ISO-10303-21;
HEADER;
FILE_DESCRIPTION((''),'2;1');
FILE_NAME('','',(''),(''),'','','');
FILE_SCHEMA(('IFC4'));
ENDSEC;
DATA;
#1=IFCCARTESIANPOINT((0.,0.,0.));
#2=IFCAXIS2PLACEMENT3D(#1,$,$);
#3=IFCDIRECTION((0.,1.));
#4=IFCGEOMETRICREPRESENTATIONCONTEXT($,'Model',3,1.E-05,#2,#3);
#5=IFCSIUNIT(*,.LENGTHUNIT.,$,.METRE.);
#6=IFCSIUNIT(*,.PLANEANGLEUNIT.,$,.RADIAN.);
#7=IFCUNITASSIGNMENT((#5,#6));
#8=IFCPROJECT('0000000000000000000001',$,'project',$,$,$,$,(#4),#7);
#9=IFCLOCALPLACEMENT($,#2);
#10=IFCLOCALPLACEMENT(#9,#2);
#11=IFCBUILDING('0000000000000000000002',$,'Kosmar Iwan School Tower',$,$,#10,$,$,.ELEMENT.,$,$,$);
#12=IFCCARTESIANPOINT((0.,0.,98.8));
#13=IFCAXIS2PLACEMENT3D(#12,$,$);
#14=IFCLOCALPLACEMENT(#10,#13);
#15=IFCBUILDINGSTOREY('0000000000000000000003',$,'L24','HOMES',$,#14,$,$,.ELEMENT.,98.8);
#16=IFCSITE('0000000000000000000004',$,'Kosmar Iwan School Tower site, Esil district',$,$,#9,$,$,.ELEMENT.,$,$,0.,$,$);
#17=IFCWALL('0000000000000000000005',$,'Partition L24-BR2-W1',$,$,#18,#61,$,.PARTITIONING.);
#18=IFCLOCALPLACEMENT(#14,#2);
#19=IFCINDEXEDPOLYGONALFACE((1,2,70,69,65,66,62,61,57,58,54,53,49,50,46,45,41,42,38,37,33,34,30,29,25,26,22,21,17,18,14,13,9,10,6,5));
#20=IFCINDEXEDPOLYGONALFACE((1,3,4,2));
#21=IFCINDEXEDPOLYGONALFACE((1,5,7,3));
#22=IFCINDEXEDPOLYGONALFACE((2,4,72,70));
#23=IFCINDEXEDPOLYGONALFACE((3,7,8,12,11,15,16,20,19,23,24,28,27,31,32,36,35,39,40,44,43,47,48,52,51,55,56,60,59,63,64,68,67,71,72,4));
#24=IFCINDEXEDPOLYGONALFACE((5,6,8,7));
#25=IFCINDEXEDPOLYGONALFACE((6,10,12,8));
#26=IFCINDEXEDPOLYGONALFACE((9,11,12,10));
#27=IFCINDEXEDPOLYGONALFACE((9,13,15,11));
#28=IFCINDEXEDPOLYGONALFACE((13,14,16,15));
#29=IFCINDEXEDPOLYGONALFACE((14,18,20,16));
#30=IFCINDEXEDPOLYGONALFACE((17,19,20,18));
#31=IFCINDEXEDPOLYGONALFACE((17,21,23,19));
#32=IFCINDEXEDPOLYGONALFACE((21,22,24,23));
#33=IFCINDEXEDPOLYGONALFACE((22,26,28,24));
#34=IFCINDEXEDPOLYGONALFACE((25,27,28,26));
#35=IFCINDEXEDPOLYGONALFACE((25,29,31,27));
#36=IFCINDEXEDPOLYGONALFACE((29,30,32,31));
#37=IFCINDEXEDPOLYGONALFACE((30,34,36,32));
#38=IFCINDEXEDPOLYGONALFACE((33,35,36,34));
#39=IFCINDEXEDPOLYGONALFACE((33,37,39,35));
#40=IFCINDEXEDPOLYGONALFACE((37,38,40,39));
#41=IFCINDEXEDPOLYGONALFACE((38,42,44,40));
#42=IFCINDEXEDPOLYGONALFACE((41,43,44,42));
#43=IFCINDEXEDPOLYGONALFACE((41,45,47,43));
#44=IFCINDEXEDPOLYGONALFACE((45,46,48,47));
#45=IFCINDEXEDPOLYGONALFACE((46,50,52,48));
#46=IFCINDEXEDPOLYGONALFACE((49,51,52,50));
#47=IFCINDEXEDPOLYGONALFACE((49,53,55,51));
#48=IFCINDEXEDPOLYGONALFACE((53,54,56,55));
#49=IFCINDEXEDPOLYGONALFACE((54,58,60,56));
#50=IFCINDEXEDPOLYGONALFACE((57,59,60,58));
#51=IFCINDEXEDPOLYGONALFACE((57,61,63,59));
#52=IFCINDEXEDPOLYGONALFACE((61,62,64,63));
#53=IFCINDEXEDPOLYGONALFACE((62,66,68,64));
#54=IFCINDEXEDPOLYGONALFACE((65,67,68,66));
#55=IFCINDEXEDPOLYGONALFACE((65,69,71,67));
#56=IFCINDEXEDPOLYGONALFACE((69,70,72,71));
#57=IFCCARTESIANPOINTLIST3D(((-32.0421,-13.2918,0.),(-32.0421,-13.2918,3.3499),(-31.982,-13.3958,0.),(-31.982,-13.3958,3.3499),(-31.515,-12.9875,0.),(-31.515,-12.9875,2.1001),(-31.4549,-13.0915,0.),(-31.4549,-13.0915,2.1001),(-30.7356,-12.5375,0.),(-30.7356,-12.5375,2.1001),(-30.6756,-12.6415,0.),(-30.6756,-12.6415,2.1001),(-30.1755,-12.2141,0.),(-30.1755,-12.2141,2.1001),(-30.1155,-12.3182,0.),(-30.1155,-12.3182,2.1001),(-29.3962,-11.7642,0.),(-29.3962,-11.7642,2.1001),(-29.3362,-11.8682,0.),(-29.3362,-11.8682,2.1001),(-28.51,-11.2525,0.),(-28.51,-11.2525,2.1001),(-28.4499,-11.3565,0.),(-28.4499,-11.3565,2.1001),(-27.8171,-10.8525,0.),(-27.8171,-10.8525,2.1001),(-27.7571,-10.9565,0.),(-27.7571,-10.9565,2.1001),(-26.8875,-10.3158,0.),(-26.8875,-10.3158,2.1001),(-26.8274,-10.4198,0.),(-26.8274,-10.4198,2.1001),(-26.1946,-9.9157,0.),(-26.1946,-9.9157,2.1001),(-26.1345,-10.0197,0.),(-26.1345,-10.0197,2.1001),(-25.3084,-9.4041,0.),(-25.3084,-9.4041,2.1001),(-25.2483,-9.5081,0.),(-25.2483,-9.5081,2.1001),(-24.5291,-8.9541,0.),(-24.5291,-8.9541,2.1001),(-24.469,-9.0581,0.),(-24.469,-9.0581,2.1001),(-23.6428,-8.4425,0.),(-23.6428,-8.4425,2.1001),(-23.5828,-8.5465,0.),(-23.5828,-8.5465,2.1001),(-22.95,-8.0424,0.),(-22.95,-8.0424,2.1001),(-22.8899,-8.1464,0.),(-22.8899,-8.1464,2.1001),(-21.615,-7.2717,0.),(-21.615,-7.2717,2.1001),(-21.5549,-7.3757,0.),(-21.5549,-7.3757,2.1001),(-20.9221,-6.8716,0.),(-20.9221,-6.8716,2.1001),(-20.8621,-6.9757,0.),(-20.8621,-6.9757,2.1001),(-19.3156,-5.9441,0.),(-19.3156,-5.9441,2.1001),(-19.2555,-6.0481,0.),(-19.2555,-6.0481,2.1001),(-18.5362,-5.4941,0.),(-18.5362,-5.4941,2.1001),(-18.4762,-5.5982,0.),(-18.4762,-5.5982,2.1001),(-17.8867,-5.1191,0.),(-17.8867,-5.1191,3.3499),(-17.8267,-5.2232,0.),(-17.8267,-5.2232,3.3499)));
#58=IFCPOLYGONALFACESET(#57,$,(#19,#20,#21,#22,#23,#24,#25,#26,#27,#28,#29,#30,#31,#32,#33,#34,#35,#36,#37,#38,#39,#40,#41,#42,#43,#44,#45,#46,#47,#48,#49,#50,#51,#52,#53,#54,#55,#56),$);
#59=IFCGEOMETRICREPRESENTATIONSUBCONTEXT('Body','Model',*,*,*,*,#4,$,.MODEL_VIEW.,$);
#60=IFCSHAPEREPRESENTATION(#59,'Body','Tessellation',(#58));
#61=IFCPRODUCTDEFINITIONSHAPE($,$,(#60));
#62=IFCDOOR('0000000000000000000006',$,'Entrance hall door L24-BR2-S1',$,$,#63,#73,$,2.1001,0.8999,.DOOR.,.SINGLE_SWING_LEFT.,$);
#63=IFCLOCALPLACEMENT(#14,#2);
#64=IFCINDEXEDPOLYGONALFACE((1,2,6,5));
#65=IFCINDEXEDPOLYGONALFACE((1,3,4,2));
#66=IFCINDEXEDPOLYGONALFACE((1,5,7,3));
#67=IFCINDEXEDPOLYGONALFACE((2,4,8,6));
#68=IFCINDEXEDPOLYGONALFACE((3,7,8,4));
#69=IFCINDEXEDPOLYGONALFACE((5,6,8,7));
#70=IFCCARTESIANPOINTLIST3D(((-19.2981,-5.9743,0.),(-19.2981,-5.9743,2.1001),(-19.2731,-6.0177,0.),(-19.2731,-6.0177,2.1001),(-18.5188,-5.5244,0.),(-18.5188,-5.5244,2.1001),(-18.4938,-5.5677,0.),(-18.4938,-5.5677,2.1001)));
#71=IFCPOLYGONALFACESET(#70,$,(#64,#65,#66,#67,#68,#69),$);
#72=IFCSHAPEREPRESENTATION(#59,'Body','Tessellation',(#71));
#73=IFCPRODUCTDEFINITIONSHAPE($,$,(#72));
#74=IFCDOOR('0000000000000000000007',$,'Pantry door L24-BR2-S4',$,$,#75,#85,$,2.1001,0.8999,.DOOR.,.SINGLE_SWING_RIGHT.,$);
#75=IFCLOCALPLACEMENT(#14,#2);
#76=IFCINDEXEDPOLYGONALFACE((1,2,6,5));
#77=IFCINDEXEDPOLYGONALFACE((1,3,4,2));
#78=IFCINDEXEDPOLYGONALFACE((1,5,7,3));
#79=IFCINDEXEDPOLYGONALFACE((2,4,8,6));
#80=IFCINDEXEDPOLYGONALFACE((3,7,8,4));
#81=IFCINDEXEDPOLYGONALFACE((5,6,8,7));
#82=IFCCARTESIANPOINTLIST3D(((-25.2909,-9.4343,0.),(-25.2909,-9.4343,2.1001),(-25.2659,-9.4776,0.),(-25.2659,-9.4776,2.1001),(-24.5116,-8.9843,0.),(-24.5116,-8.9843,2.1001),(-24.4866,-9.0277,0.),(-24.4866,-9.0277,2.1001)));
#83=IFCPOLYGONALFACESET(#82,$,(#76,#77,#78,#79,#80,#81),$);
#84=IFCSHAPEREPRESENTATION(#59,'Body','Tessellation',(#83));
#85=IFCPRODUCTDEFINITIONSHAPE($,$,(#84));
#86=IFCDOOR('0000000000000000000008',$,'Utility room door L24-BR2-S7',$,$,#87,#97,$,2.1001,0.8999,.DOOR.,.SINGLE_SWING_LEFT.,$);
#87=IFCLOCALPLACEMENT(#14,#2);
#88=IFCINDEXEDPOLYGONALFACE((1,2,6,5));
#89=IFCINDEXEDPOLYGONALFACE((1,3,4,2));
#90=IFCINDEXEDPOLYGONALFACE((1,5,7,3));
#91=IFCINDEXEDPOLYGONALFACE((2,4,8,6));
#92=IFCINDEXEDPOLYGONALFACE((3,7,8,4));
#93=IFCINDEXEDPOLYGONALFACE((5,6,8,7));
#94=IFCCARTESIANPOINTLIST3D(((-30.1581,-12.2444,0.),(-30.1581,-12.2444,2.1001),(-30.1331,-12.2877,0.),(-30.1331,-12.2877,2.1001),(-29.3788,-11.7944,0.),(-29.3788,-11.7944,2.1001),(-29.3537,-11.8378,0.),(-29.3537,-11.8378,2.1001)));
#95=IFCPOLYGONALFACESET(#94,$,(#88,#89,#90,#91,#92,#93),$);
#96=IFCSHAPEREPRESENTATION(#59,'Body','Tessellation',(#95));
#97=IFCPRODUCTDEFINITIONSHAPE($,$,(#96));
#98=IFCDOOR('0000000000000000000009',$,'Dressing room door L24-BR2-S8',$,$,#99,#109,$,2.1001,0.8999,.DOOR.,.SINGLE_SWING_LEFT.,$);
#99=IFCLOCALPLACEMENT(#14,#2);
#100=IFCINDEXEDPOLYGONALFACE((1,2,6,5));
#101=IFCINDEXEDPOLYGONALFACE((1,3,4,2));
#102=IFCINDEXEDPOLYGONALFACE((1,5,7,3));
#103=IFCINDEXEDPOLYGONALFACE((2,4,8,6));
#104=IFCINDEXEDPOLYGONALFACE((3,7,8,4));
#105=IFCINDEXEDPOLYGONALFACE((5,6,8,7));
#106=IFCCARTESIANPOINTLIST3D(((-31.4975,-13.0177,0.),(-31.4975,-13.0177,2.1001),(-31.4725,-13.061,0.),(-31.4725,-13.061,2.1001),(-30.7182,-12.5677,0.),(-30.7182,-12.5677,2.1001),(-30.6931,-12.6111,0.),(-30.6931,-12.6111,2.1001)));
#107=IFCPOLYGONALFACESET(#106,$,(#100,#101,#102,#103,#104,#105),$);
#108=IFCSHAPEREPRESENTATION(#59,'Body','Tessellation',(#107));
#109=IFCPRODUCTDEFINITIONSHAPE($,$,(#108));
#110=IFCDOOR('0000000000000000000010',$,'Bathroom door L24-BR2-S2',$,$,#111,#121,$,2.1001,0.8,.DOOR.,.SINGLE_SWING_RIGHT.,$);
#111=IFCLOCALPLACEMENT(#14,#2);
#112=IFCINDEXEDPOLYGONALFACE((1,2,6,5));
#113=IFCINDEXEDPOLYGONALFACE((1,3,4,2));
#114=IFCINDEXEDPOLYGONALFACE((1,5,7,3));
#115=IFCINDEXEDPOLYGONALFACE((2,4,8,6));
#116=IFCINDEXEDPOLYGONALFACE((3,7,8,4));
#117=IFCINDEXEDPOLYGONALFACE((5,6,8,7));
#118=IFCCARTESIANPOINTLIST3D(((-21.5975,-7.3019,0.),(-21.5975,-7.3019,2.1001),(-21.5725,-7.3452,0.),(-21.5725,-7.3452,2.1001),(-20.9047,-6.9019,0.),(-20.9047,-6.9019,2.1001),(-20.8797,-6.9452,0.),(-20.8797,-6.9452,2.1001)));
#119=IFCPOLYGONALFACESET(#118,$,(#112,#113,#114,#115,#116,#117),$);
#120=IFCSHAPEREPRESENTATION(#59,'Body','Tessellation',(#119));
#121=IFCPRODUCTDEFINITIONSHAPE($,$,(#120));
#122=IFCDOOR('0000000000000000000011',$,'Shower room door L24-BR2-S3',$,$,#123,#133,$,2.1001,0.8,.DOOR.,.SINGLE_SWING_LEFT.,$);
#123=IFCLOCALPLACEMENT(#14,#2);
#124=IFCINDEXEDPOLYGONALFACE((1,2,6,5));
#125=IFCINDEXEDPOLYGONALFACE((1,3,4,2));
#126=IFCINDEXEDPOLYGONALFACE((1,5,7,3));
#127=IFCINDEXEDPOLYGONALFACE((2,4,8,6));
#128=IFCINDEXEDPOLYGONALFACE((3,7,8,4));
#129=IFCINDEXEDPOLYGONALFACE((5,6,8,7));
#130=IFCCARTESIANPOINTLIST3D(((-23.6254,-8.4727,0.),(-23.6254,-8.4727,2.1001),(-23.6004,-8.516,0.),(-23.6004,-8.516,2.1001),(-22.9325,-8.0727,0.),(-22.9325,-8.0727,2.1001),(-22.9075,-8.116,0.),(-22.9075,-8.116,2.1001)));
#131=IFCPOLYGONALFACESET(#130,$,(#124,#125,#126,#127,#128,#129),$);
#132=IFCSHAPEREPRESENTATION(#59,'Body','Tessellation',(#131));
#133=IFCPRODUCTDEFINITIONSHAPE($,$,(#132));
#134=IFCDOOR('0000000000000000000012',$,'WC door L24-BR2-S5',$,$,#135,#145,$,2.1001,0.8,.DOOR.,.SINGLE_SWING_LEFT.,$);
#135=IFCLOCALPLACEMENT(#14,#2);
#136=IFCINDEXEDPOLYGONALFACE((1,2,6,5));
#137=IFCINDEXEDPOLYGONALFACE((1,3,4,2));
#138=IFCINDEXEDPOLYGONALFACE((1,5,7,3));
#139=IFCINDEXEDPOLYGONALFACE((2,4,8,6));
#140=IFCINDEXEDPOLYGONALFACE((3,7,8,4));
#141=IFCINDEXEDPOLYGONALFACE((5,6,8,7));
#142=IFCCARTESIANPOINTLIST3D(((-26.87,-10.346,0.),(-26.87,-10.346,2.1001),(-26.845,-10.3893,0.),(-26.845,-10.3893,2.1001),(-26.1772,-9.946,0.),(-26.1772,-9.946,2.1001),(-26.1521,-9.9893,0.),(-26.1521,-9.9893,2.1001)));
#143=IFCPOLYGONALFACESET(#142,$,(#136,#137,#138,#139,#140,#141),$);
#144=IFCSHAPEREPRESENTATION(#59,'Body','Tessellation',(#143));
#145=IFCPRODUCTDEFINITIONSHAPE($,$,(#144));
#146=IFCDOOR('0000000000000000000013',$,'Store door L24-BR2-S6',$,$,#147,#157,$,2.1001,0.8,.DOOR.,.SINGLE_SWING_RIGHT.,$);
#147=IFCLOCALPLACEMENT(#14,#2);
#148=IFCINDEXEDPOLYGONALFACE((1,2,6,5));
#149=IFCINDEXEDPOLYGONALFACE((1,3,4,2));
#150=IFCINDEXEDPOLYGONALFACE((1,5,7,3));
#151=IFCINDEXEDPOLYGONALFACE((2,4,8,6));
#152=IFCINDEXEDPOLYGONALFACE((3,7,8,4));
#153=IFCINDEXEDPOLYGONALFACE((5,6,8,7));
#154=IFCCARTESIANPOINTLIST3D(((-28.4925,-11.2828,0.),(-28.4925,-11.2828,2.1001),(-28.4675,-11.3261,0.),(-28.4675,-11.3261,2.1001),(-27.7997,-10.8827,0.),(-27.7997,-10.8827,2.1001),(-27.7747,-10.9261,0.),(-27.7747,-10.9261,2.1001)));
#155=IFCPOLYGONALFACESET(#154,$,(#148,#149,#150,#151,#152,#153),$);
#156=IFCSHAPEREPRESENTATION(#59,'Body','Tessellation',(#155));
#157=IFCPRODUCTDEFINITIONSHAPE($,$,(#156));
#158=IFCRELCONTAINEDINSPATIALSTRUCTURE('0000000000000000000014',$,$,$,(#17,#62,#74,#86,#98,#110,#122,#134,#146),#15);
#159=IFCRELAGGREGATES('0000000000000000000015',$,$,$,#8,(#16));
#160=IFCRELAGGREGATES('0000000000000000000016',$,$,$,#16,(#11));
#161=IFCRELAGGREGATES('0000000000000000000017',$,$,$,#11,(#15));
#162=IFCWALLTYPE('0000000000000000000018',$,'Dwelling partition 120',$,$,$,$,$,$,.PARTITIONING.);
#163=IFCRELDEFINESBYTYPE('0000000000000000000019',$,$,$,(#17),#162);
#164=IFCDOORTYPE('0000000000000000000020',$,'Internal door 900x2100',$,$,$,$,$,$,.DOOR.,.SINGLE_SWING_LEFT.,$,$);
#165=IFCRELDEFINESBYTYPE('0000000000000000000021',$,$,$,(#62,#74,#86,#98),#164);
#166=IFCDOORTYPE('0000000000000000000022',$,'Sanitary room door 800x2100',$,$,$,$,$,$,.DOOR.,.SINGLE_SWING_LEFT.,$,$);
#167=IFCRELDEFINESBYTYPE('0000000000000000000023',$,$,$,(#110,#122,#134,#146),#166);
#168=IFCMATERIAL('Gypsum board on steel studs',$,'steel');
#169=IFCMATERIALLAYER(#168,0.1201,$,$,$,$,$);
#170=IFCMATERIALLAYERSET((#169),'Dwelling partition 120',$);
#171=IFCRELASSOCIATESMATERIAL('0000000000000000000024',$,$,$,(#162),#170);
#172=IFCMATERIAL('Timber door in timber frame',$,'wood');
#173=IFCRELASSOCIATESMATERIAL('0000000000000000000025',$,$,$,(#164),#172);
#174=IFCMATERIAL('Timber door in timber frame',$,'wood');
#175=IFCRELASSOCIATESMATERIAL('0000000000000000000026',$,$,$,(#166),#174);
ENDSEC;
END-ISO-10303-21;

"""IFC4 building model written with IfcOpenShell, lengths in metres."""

from ifc_helpers import new_model, si_unit, direction, frame, frame_2d, origin, place, context, subcontext, project, spatial, rectangle, extrude, material, layer, layer_set, type_object, element, fill, save


model = new_model("IFC4")

# Units and contexts
model_context = context("Model", 3, precision=1e-05, world=origin(), true_north=direction((0.0, 1.0)))
body_context = subcontext(model_context, "Body", "Model", "MODEL_VIEW")
ifc_project = project(units=[si_unit("LENGTHUNIT", "METRE"), si_unit("PLANEANGLEUNIT", "RADIAN")], contexts=[model_context])

# Site, building, storey
site_placement = place(None, origin())
site = spatial("IfcSite", under=ifc_project, at=site_placement, Name="Kosmar Iwan School Tower site, Esil district", CompositionType="ELEMENT", RefElevation=0.0)
building_placement = place(site_placement, origin())
building = spatial("IfcBuilding", under=site, at=building_placement, Name="Kosmar Iwan School Tower", CompositionType="ELEMENT")
storey_placement = place(building_placement, frame((0.0, 0.0, 98.8)))
storey = spatial("IfcBuildingStorey", under=building, at=storey_placement, Name="L24", Description="HOMES", CompositionType="ELEMENT", Elevation=98.8)

# Wall, openings, doors
ifc_material_1 = material(Name="Gypsum board on steel studs", Category="steel")
ifc_layer = layer(ifc_material_1, 0.1201)
ifc_layer_set = layer_set([ifc_layer], Name="Dwelling partition 120")
wall_type = type_object("IfcWallType", Name="Dwelling partition 120", PredefinedType="PARTITIONING", material=ifc_layer_set)
wall_1_placement = place(storey_placement, frame((-17.8567, -5.1711, 0.0), z_axis=(0.0, 0.0, 1.0), x_axis=(-0.866024, -0.500003, 0.0)))
wall_1 = element("IfcWall", 1, at=wall_1_placement, inside=storey, type_object=wall_type, Name="Partition L24-BR2-W1", PredefinedType="PARTITIONING", context=body_context, shape_type="SweptSolid", body=[
    extrude(rectangle(XDim=16.3452, YDim=0.1201, at=frame_2d((8.1726, 0.0))), origin(), (0.0, 0.0, 1.0), 3.3499),
])
opening_1_placement = place(wall_1_placement, frame((0.75, 0.0, 0.0)))
opening_1 = element("IfcOpeningElement", 2, at=opening_1_placement, cuts=wall_1, PredefinedType="OPENING", context=body_context, shape_type="SweptSolid", body=[
    extrude(rectangle(XDim=0.8999, YDim=2.1001, at=frame_2d((0.45, 1.05))), frame((0.0, 0.072, 0.0), z_axis=(0.0, -1.0, 0.0), x_axis=(1.0, 0.0, 0.0)), (0.0, 0.0, 1.0), 0.144),
])
opening_2_placement = place(wall_1_placement, frame((3.5051, 0.0, 0.0)))
opening_2 = element("IfcOpeningElement", 3, at=opening_2_placement, cuts=wall_1, PredefinedType="OPENING", context=body_context, shape_type="SweptSolid", body=[
    extrude(rectangle(XDim=0.8, YDim=2.1001, at=frame_2d((0.3999, 1.05))), frame((0.0, 0.072, 0.0), z_axis=(0.0, -1.0, 0.0), x_axis=(1.0, 0.0, 0.0)), (0.0, 0.0, 1.0), 0.144),
])
opening_3_placement = place(wall_1_placement, frame((5.8467, 0.0, 0.0)))
opening_3 = element("IfcOpeningElement", 4, at=opening_3_placement, cuts=wall_1, PredefinedType="OPENING", context=body_context, shape_type="SweptSolid", body=[
    extrude(rectangle(XDim=0.8, YDim=2.1001, at=frame_2d((0.3999, 1.05))), frame((0.0, 0.072, 0.0), z_axis=(0.0, -1.0, 0.0), x_axis=(1.0, 0.0, 0.0)), (0.0, 0.0, 1.0), 0.144),
])
opening_4_placement = place(wall_1_placement, frame((7.6699, 0.0, 0.0)))
opening_4 = element("IfcOpeningElement", 5, at=opening_4_placement, cuts=wall_1, PredefinedType="OPENING", context=body_context, shape_type="SweptSolid", body=[
    extrude(rectangle(XDim=0.8999, YDim=2.1001, at=frame_2d((0.45, 1.05))), frame((0.0, 0.072, 0.0), z_axis=(0.0, -1.0, 0.0), x_axis=(1.0, 0.0, 0.0)), (0.0, 0.0, 1.0), 0.144),
])
opening_5_placement = place(wall_1_placement, frame((9.5933, 0.0, 0.0)))
opening_5 = element("IfcOpeningElement", 6, at=opening_5_placement, cuts=wall_1, PredefinedType="OPENING", context=body_context, shape_type="SweptSolid", body=[
    extrude(rectangle(XDim=0.8, YDim=2.1001, at=frame_2d((0.3999, 1.05))), frame((0.0, 0.072, 0.0), z_axis=(0.0, -1.0, 0.0), x_axis=(1.0, 0.0, 0.0)), (0.0, 0.0, 1.0), 0.144),
])
opening_6_placement = place(wall_1_placement, frame((11.4668, 0.0, 0.0)))
opening_6 = element("IfcOpeningElement", 7, at=opening_6_placement, cuts=wall_1, PredefinedType="OPENING", context=body_context, shape_type="SweptSolid", body=[
    extrude(rectangle(XDim=0.8, YDim=2.1001, at=frame_2d((0.3999, 1.05))), frame((0.0, 0.072, 0.0), z_axis=(0.0, -1.0, 0.0), x_axis=(1.0, 0.0, 0.0)), (0.0, 0.0, 1.0), 0.144),
])
opening_7_placement = place(wall_1_placement, frame((13.29, 0.0, 0.0)))
opening_7 = element("IfcOpeningElement", 8, at=opening_7_placement, cuts=wall_1, PredefinedType="OPENING", context=body_context, shape_type="SweptSolid", body=[
    extrude(rectangle(XDim=0.8999, YDim=2.1001, at=frame_2d((0.45, 1.05))), frame((0.0, 0.072, 0.0), z_axis=(0.0, -1.0, 0.0), x_axis=(1.0, 0.0, 0.0)), (0.0, 0.0, 1.0), 0.144),
])
opening_8_placement = place(wall_1_placement, frame((14.8367, 0.0, 0.0)))
opening_8 = element("IfcOpeningElement", 9, at=opening_8_placement, cuts=wall_1, PredefinedType="OPENING", context=body_context, shape_type="SweptSolid", body=[
    extrude(rectangle(XDim=0.8999, YDim=2.1001, at=frame_2d((0.45, 1.05))), frame((0.0, 0.072, 0.0), z_axis=(0.0, -1.0, 0.0), x_axis=(1.0, 0.0, 0.0)), (0.0, 0.0, 1.0), 0.144),
])
ifc_material_2 = material(Name="Timber door in timber frame", Category="wood")
door_type_1 = type_object("IfcDoorType", Name="Internal door 900x2100", OperationType="SINGLE_SWING_LEFT", PredefinedType="DOOR", material=ifc_material_2)
door_1_placement = place(opening_1_placement, origin())
door_1 = element("IfcDoor", 10, at=door_1_placement, inside=storey, type_object=door_type_1, Name="Entrance hall door L24-BR2-S1", OperationType="SINGLE_SWING_LEFT", OverallHeight=2.1001, OverallWidth=0.8999, PredefinedType="DOOR", context=body_context, shape_type="SweptSolid", body=[
    extrude(rectangle(XDim=0.8999, YDim=2.1001, at=frame_2d((0.45, 1.05))), frame((0.0, 0.0249, 0.0), z_axis=(0.0, -1.0, 0.0), x_axis=(1.0, 0.0, 0.0)), (0.0, 0.0, 1.0), 0.05),
])
fill(opening_1, door_1)
door_2_placement = place(opening_4_placement, origin())
door_2 = element("IfcDoor", 11, at=door_2_placement, inside=storey, type_object=door_type_1, Name="Pantry door L24-BR2-S4", OperationType="SINGLE_SWING_RIGHT", OverallHeight=2.1001, OverallWidth=0.8999, PredefinedType="DOOR", context=body_context, shape_type="SweptSolid", body=[
    extrude(rectangle(XDim=0.8999, YDim=2.1001, at=frame_2d((0.45, 1.05))), frame((0.0, 0.0249, 0.0), z_axis=(0.0, -1.0, 0.0), x_axis=(1.0, 0.0, 0.0)), (0.0, 0.0, 1.0), 0.05),
])
fill(opening_4, door_2)
door_3_placement = place(opening_7_placement, origin())
door_3 = element("IfcDoor", 12, at=door_3_placement, inside=storey, type_object=door_type_1, Name="Utility room door L24-BR2-S7", OperationType="SINGLE_SWING_LEFT", OverallHeight=2.1001, OverallWidth=0.8999, PredefinedType="DOOR", context=body_context, shape_type="SweptSolid", body=[
    extrude(rectangle(XDim=0.8999, YDim=2.1001, at=frame_2d((0.45, 1.05))), frame((0.0, 0.0249, 0.0), z_axis=(0.0, -1.0, 0.0), x_axis=(1.0, 0.0, 0.0)), (0.0, 0.0, 1.0), 0.05),
])
fill(opening_7, door_3)
door_4_placement = place(opening_8_placement, origin())
door_4 = element("IfcDoor", 13, at=door_4_placement, inside=storey, type_object=door_type_1, Name="Dressing room door L24-BR2-S8", OperationType="SINGLE_SWING_LEFT", OverallHeight=2.1001, OverallWidth=0.8999, PredefinedType="DOOR", context=body_context, shape_type="SweptSolid", body=[
    extrude(rectangle(XDim=0.8999, YDim=2.1001, at=frame_2d((0.45, 1.05))), frame((0.0, 0.0249, 0.0), z_axis=(0.0, -1.0, 0.0), x_axis=(1.0, 0.0, 0.0)), (0.0, 0.0, 1.0), 0.05),
])
fill(opening_8, door_4)
ifc_material_3 = material(Name="Timber door in timber frame", Category="wood")
door_type_2 = type_object("IfcDoorType", Name="Sanitary room door 800x2100", OperationType="SINGLE_SWING_LEFT", PredefinedType="DOOR", material=ifc_material_3)
door_5_placement = place(opening_2_placement, origin())
door_5 = element("IfcDoor", 14, at=door_5_placement, inside=storey, type_object=door_type_2, Name="Bathroom door L24-BR2-S2", OperationType="SINGLE_SWING_RIGHT", OverallHeight=2.1001, OverallWidth=0.8, PredefinedType="DOOR", context=body_context, shape_type="SweptSolid", body=[
    extrude(rectangle(XDim=0.8, YDim=2.1001, at=frame_2d((0.3999, 1.05))), frame((0.0, 0.0249, 0.0), z_axis=(0.0, -1.0, 0.0), x_axis=(1.0, 0.0, 0.0)), (0.0, 0.0, 1.0), 0.05),
])
fill(opening_2, door_5)
door_6_placement = place(opening_3_placement, origin())
door_6 = element("IfcDoor", 15, at=door_6_placement, inside=storey, type_object=door_type_2, Name="Shower room door L24-BR2-S3", OperationType="SINGLE_SWING_LEFT", OverallHeight=2.1001, OverallWidth=0.8, PredefinedType="DOOR", context=body_context, shape_type="SweptSolid", body=[
    extrude(rectangle(XDim=0.8, YDim=2.1001, at=frame_2d((0.3999, 1.05))), frame((0.0, 0.0249, 0.0), z_axis=(0.0, -1.0, 0.0), x_axis=(1.0, 0.0, 0.0)), (0.0, 0.0, 1.0), 0.05),
])
fill(opening_3, door_6)
door_7_placement = place(opening_5_placement, origin())
door_7 = element("IfcDoor", 16, at=door_7_placement, inside=storey, type_object=door_type_2, Name="WC door L24-BR2-S5", OperationType="SINGLE_SWING_LEFT", OverallHeight=2.1001, OverallWidth=0.8, PredefinedType="DOOR", context=body_context, shape_type="SweptSolid", body=[
    extrude(rectangle(XDim=0.8, YDim=2.1001, at=frame_2d((0.3999, 1.05))), frame((0.0, 0.0249, 0.0), z_axis=(0.0, -1.0, 0.0), x_axis=(1.0, 0.0, 0.0)), (0.0, 0.0, 1.0), 0.05),
])
fill(opening_5, door_7)
door_8_placement = place(opening_6_placement, origin())
door_8 = element("IfcDoor", 17, at=door_8_placement, inside=storey, type_object=door_type_2, Name="Store door L24-BR2-S6", OperationType="SINGLE_SWING_RIGHT", OverallHeight=2.1001, OverallWidth=0.8, PredefinedType="DOOR", context=body_context, shape_type="SweptSolid", body=[
    extrude(rectangle(XDim=0.8, YDim=2.1001, at=frame_2d((0.3999, 1.05))), frame((0.0, 0.0249, 0.0), z_axis=(0.0, -1.0, 0.0), x_axis=(1.0, 0.0, 0.0)), (0.0, 0.0, 1.0), 0.05),
])
fill(opening_6, door_8)

save(model, "model.ifc")
